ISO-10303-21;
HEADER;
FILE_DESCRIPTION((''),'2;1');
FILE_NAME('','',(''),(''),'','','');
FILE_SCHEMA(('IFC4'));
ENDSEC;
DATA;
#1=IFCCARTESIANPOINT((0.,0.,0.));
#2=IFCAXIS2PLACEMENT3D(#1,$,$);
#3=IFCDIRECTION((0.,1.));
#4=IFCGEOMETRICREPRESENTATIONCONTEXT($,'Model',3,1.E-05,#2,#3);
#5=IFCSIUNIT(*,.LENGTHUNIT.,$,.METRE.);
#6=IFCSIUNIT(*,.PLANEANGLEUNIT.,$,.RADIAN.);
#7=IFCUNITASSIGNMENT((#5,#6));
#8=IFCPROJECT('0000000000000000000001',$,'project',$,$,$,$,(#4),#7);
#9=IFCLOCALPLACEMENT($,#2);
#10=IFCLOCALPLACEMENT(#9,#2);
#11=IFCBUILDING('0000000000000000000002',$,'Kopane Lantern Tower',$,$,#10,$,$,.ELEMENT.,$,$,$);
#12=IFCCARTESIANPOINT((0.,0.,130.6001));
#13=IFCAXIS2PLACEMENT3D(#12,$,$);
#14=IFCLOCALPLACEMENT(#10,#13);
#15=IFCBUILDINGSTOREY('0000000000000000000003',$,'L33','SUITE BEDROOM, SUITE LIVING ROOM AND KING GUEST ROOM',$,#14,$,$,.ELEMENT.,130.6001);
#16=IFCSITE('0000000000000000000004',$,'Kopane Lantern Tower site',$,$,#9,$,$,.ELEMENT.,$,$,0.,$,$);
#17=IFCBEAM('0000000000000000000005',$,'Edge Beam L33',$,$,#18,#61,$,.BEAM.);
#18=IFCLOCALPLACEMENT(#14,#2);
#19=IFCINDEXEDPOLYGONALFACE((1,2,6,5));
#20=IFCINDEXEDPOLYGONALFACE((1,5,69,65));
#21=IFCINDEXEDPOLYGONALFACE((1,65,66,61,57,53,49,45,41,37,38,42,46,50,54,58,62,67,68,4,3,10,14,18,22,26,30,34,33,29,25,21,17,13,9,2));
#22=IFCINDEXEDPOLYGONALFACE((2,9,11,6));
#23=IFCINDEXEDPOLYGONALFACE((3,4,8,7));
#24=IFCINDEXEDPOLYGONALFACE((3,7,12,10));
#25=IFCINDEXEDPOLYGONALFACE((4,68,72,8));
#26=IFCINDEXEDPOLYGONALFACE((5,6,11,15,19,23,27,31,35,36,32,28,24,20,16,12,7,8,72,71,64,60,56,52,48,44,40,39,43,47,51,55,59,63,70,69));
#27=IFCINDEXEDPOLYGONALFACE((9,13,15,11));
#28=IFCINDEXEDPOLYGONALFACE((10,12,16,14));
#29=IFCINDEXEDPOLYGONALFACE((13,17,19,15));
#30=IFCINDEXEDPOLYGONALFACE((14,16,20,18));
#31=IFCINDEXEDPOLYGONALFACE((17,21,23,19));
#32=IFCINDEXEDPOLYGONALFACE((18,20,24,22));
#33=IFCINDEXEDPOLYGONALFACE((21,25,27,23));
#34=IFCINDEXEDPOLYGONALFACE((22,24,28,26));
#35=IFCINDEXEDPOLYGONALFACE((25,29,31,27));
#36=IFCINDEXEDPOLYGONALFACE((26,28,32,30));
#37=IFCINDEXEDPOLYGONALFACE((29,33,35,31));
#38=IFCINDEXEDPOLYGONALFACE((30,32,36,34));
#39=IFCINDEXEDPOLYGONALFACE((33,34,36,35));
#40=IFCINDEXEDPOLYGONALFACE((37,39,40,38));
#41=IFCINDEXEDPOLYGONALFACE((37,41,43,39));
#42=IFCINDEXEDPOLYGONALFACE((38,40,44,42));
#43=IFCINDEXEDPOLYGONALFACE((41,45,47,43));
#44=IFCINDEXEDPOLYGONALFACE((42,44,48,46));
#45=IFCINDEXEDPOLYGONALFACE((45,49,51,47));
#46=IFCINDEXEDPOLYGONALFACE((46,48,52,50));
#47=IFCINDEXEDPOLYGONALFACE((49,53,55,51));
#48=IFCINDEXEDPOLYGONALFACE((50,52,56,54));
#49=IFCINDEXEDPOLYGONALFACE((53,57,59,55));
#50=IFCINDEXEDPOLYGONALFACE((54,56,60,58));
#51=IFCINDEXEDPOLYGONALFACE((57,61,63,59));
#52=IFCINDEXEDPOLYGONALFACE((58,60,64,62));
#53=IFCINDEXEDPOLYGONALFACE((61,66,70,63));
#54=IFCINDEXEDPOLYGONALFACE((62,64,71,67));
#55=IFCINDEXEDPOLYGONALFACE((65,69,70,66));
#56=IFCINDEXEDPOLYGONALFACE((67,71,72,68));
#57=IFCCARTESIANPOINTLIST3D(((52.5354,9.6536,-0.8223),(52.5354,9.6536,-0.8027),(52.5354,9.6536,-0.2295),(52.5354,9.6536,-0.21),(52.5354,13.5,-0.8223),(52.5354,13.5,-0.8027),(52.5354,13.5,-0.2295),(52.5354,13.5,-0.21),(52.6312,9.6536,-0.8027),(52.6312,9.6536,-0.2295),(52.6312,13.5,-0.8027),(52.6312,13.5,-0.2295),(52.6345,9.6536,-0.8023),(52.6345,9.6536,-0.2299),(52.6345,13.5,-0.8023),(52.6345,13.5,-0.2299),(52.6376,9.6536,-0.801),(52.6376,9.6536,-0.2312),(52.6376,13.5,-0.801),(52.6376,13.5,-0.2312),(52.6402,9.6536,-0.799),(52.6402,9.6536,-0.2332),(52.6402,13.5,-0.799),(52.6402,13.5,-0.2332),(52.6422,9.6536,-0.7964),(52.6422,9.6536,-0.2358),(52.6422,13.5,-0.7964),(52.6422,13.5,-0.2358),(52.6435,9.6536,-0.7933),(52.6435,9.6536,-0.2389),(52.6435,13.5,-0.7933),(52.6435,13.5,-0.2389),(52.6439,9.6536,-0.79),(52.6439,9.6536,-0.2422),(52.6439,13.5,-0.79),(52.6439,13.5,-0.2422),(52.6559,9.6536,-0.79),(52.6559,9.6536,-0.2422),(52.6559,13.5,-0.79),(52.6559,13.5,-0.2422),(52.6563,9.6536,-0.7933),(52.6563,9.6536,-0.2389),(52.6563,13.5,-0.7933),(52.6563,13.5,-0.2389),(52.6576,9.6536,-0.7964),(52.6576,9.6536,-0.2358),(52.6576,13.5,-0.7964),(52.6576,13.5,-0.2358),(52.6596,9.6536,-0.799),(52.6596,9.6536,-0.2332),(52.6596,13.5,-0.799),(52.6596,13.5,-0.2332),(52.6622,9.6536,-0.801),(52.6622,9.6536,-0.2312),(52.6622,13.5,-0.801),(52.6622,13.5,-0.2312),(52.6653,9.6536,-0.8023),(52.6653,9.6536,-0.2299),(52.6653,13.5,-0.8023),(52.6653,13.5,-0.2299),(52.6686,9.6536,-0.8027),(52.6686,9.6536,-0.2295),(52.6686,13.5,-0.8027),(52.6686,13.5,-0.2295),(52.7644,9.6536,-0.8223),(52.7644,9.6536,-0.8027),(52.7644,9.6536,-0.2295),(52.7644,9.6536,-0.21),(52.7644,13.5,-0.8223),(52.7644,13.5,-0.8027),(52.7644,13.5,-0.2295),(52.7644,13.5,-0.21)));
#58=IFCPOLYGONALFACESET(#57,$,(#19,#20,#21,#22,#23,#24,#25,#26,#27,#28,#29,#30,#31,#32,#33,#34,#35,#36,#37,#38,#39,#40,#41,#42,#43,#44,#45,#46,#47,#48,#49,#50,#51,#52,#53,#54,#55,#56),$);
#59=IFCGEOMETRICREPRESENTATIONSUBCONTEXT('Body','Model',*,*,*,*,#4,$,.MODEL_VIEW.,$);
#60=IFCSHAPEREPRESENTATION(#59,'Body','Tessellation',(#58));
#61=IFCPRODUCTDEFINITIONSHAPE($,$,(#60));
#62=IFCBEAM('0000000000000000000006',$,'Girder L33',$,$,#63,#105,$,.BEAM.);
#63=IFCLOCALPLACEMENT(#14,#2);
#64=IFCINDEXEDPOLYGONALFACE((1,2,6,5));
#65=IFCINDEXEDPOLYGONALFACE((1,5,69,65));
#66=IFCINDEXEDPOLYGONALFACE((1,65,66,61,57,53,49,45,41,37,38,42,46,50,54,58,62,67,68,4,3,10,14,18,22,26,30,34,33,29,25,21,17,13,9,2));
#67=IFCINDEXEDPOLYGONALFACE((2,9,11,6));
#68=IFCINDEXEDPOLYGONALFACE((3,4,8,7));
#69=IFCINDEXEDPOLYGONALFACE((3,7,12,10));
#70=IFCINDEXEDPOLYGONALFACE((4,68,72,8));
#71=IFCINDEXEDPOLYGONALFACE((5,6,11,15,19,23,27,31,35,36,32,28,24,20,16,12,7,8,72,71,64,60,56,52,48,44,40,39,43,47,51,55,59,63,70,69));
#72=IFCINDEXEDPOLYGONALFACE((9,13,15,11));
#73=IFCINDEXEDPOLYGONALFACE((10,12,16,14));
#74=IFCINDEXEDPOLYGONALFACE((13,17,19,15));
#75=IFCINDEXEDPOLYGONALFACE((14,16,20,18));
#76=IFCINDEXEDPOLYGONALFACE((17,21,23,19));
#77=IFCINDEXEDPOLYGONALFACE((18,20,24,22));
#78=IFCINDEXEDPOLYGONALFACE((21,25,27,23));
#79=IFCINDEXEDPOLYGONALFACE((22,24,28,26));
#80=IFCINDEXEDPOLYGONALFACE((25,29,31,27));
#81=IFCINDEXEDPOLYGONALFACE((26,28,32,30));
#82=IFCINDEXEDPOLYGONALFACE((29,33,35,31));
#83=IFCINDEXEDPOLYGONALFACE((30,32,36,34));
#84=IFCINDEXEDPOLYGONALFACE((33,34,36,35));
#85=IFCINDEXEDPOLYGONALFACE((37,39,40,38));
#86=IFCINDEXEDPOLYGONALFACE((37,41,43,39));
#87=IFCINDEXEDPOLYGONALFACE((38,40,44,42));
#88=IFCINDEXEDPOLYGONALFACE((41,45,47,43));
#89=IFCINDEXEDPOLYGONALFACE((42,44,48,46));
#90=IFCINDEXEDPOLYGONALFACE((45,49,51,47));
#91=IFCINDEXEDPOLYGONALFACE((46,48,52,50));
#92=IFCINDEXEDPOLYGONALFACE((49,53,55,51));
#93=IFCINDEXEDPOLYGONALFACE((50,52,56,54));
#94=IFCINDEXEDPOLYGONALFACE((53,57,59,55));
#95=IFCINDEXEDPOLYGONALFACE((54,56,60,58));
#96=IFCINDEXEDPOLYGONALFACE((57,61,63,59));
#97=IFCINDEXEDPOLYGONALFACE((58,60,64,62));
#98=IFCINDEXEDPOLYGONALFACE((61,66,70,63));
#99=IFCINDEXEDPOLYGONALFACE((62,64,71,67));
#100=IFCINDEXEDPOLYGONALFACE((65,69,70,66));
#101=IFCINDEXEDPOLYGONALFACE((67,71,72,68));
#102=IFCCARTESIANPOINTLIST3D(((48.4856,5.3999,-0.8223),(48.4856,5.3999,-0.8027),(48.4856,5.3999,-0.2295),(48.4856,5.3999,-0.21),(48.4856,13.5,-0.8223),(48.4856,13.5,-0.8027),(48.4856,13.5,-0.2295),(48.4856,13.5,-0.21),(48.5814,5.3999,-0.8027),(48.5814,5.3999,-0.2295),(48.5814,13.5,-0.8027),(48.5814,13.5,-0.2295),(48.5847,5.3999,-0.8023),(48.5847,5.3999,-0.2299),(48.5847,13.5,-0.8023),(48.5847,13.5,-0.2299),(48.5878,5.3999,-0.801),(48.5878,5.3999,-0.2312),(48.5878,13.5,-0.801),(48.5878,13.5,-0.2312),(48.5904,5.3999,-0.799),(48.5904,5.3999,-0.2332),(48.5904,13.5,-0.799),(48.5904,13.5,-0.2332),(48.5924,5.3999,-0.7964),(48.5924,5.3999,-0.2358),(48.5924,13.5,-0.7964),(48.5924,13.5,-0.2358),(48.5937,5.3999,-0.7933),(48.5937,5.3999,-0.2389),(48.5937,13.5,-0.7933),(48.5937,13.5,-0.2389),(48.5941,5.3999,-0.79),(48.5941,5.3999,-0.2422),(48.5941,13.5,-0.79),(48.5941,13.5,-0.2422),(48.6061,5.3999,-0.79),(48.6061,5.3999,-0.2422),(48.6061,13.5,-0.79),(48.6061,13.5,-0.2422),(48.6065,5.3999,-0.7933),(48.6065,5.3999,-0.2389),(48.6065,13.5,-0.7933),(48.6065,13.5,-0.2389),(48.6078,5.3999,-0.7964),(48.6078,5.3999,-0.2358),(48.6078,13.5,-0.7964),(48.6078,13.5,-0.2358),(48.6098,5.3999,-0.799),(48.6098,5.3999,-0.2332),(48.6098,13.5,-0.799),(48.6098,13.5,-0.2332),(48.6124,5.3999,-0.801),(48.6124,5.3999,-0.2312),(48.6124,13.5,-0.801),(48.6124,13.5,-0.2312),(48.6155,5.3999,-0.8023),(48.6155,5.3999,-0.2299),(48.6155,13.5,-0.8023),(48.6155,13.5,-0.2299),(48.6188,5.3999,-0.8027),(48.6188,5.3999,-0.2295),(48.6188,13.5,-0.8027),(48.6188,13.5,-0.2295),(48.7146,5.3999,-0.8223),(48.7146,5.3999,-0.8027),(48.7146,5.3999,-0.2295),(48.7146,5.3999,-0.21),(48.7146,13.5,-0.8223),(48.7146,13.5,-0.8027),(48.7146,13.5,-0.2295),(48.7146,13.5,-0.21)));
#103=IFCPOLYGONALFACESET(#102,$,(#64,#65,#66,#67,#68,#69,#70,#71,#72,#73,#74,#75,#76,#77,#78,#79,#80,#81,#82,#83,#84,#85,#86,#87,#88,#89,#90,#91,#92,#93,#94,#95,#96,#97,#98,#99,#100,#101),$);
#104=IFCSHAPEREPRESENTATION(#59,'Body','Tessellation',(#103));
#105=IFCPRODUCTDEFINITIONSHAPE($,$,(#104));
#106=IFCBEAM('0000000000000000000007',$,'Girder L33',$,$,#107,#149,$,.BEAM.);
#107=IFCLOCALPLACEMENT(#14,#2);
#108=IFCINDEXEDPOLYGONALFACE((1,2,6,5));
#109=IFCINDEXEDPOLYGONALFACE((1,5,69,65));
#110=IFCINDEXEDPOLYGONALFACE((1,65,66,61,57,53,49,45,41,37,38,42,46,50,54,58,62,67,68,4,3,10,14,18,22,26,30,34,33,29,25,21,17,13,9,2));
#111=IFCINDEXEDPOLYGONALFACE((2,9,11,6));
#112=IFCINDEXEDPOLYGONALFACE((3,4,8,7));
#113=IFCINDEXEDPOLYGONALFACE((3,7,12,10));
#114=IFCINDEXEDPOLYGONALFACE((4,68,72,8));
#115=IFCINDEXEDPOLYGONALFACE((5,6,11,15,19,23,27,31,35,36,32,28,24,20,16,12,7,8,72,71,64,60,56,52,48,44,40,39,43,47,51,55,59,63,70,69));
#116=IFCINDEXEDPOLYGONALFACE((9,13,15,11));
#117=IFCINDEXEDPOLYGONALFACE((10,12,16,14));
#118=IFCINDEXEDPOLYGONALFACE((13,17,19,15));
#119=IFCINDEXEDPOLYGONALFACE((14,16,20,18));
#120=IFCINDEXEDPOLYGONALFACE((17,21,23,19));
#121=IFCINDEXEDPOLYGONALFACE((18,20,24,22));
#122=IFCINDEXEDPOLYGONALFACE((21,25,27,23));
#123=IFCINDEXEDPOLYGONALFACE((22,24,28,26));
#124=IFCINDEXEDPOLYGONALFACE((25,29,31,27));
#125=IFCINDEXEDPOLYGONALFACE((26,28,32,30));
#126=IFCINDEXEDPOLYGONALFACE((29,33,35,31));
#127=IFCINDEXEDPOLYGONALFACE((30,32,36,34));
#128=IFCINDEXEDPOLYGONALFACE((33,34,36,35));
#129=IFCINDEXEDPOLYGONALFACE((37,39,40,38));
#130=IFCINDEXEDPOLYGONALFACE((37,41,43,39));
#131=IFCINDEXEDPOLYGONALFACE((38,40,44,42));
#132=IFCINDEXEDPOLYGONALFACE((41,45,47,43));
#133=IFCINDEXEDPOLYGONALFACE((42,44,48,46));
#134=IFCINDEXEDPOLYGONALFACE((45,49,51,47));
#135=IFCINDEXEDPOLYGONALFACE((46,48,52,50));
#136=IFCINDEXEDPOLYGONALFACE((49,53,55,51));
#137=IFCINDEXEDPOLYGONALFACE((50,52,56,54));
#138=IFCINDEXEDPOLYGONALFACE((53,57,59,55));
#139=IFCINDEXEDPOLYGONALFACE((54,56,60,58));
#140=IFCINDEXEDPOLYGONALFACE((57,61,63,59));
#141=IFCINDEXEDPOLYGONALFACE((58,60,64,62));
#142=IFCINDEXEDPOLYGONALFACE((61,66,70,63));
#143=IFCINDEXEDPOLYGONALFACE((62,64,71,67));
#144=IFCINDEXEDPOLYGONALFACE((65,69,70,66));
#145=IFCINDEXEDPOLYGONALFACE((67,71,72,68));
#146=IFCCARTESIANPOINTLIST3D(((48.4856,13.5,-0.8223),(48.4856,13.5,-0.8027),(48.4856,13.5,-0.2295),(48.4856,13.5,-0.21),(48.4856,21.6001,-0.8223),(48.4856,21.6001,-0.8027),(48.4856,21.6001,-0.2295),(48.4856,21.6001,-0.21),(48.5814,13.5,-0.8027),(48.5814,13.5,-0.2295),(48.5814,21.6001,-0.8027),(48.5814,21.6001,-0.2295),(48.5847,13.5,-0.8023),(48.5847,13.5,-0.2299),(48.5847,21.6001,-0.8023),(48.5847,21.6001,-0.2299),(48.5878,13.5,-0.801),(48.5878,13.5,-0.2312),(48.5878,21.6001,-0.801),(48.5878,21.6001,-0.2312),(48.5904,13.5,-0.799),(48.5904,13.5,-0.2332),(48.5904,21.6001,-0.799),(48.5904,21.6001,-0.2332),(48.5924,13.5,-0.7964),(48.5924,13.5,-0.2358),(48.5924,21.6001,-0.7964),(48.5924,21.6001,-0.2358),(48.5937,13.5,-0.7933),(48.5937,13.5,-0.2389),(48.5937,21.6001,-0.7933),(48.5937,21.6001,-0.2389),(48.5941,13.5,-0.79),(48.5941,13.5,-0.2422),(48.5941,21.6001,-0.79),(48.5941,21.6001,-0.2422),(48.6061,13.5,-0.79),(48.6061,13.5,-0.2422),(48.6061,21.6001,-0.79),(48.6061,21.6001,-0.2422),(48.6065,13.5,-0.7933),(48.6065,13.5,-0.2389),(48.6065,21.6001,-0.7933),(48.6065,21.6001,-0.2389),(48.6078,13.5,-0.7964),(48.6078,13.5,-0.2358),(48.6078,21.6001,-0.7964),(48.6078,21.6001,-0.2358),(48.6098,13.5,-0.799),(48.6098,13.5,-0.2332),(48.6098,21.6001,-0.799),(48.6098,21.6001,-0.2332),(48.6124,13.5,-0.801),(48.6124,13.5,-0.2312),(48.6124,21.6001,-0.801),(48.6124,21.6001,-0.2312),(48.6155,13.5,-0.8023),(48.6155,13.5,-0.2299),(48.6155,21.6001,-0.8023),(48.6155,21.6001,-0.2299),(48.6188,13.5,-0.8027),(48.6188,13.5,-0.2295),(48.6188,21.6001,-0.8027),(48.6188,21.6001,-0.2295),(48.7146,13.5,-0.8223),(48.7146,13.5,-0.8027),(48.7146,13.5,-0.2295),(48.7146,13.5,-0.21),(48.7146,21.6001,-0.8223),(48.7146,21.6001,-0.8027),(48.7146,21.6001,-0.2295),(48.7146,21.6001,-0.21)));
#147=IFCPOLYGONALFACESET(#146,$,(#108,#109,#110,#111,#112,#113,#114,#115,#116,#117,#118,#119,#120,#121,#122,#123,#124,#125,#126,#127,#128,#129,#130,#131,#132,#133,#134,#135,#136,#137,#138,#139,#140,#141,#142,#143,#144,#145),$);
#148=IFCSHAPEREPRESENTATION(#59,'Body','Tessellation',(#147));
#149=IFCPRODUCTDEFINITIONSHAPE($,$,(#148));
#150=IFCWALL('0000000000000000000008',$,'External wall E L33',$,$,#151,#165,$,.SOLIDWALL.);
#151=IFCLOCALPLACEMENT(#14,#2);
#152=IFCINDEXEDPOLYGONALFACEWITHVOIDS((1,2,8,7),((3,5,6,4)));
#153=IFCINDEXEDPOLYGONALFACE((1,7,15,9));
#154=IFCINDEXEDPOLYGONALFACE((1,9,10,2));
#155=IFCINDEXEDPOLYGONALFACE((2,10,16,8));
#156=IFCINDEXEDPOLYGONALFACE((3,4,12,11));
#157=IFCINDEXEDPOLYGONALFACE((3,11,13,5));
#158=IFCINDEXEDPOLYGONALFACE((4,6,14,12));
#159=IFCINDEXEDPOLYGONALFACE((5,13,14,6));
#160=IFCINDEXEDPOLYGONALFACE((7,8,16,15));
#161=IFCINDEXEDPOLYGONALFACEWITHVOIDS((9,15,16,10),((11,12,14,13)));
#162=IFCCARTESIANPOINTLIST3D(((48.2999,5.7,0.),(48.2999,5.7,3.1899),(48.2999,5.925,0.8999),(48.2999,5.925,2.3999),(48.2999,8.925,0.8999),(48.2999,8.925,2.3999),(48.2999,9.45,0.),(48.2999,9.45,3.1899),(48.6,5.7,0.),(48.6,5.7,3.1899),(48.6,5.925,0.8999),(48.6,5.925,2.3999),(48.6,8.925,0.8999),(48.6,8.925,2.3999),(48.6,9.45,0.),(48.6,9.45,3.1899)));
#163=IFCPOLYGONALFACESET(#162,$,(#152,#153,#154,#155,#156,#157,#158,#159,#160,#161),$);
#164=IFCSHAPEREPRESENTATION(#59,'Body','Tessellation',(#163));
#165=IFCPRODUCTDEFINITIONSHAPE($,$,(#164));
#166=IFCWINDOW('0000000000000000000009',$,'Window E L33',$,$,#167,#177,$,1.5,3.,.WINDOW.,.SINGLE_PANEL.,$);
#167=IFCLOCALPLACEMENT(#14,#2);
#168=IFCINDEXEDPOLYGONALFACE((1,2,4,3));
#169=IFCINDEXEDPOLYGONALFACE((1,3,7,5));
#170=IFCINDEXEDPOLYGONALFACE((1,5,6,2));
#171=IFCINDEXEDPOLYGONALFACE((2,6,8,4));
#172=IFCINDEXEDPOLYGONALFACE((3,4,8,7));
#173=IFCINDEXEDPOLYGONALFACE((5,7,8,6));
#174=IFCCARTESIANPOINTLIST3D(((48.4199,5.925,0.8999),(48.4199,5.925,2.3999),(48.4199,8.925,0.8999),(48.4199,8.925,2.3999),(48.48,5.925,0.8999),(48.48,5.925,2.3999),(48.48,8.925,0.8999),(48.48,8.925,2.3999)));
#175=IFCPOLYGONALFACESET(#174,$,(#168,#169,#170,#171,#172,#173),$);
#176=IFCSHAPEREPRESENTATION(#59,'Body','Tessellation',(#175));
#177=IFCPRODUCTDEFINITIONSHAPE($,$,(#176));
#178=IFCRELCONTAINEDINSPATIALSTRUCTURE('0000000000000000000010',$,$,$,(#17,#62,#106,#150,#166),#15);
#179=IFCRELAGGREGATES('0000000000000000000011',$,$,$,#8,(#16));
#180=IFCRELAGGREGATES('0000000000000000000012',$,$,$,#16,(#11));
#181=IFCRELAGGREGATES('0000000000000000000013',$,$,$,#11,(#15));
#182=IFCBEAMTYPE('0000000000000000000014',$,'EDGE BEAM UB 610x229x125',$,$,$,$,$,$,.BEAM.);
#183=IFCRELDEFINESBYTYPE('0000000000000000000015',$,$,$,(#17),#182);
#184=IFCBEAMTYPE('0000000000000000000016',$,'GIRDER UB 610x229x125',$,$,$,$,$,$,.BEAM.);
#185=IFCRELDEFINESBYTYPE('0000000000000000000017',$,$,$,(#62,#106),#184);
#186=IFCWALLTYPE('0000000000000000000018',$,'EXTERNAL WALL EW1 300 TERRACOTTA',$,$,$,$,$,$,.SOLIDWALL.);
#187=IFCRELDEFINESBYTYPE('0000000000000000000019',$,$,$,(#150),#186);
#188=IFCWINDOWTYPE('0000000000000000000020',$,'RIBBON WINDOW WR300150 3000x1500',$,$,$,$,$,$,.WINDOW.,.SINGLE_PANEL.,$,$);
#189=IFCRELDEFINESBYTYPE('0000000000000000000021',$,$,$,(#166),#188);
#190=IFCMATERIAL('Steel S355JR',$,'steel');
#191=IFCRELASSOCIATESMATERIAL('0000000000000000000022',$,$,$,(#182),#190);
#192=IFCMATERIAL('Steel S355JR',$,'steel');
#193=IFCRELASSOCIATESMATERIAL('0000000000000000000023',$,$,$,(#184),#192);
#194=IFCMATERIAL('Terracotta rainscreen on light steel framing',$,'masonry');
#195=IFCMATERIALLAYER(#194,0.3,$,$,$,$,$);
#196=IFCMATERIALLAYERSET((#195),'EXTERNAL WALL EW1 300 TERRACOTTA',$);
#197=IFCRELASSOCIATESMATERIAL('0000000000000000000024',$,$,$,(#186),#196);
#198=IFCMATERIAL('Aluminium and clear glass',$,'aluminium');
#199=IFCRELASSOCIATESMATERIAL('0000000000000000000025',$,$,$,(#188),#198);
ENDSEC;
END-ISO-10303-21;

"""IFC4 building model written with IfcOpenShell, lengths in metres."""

from ifc_helpers import new_model, si_unit, direction, frame, frame_2d, origin, origin_2d, place, context, subcontext, project, spatial, rectangle, i_section, extrude, material, layer, layer_set, material_profile, profile_set, type_object, element, fill, save


model = new_model("IFC4")

# Units and contexts
model_context = context("Model", 3, precision=1e-05, world=origin(), true_north=direction((0.0, 1.0)))
body_context = subcontext(model_context, "Body", "Model", "MODEL_VIEW")
ifc_project = project(units=[si_unit("LENGTHUNIT", "METRE"), si_unit("PLANEANGLEUNIT", "RADIAN")], contexts=[model_context])

# Site, building, storey
site_placement = place(None, origin())
site = spatial("IfcSite", under=ifc_project, at=site_placement, Name="Kopane Lantern Tower site", CompositionType="ELEMENT", RefElevation=0.0)
building_placement = place(site_placement, origin())
building = spatial("IfcBuilding", under=site, at=building_placement, Name="Kopane Lantern Tower", CompositionType="ELEMENT")
storey_placement = place(building_placement, frame((0.0, 0.0, 130.6001)))
storey = spatial("IfcBuildingStorey", under=building, at=storey_placement, Name="L33", Description="SUITE BEDROOM, SUITE LIVING ROOM AND KING GUEST ROOM", CompositionType="ELEMENT", Elevation=130.6001)

# Beams
ifc_material_1 = material(Name="Steel S355JR", Category="steel")
ifc_material_profile_1 = material_profile(ifc_material_1, i_section(OverallWidth=0.229, OverallDepth=0.6123, WebThickness=0.012, FlangeThickness=0.0195, FilletRadius=0.0127, at=origin_2d()), Name="UB 610x229x125")
ifc_profile_set_1 = profile_set([ifc_material_profile_1], Name="Steel S355JR")
beam_type_1 = type_object("IfcBeamType", Name="EDGE BEAM UB 610x229x125", PredefinedType="BEAM", material=ifc_profile_set_1)
for number, where, z_axis, x_axis, name in (
    (1, (52.6499, 9.6536, -0.5161), (0.0, 1.0, 0.0), (-1.0, 0.0, 0.0), "Edge Beam L33"),
):
    element("IfcBeam", number, at=place(storey_placement, frame(where, z_axis=z_axis, x_axis=x_axis)), inside=storey, type_object=beam_type_1, Name=name, PredefinedType="BEAM", context=body_context, shape_type="SweptSolid", body=[
        extrude(i_section(OverallWidth=0.229, OverallDepth=0.6123, WebThickness=0.012, FlangeThickness=0.0195, FilletRadius=0.0127, at=origin_2d()), origin(), (0.0, 0.0, 1.0), 3.8464),
    ])
ifc_material_2 = material(Name="Steel S355JR", Category="steel")
ifc_material_profile_2 = material_profile(ifc_material_2, i_section(OverallWidth=0.229, OverallDepth=0.6123, WebThickness=0.012, FlangeThickness=0.0195, FilletRadius=0.0127, at=origin_2d()), Name="UB 610x229x125")
ifc_profile_set_2 = profile_set([ifc_material_profile_2], Name="Steel S355JR")
beam_type_2 = type_object("IfcBeamType", Name="GIRDER UB 610x229x125", PredefinedType="BEAM", material=ifc_profile_set_2)
for number, where, z_axis, x_axis, name in (
    (2, (48.6001, 5.3999, -0.5161), (0.0, 1.0, 0.0), (-1.0, 0.0, 0.0), "Girder L33"),
    (3, (48.6001, 13.5, -0.5161), (0.0, 1.0, 0.0), (-1.0, 0.0, 0.0), "Girder L33"),
):
    element("IfcBeam", number, at=place(storey_placement, frame(where, z_axis=z_axis, x_axis=x_axis)), inside=storey, type_object=beam_type_2, Name=name, PredefinedType="BEAM", context=body_context, shape_type="SweptSolid", body=[
        extrude(i_section(OverallWidth=0.229, OverallDepth=0.6123, WebThickness=0.012, FlangeThickness=0.0195, FilletRadius=0.0127, at=origin_2d()), origin(), (0.0, 0.0, 1.0), 8.1001),
    ])

# Wall, opening, window
ifc_material_3 = material(Name="Terracotta rainscreen on light steel framing", Category="masonry")
ifc_layer = layer(ifc_material_3, 0.3)
ifc_layer_set = layer_set([ifc_layer], Name="EXTERNAL WALL EW1 300 TERRACOTTA")
wall_type = type_object("IfcWallType", Name="EXTERNAL WALL EW1 300 TERRACOTTA", PredefinedType="SOLIDWALL", material=ifc_layer_set)
wall_1_placement = place(storey_placement, frame((48.45, 5.7, 0.0), z_axis=(0.0, 0.0, 1.0), x_axis=(0.0, 1.0, 0.0)))
wall_1 = element("IfcWall", 4, at=wall_1_placement, inside=storey, type_object=wall_type, Name="External wall E L33", PredefinedType="SOLIDWALL", context=body_context, shape_type="SweptSolid", body=[
    extrude(rectangle(XDim=3.75, YDim=0.3, at=frame_2d((1.875, 0.0))), origin(), (0.0, 0.0, 1.0), 3.1899),
])
opening_1_placement = place(wall_1_placement, frame((0.2251, 0.0, 0.8999)))
opening_1 = element("IfcOpeningElement", 5, at=opening_1_placement, cuts=wall_1, PredefinedType="OPENING", context=body_context, shape_type="SweptSolid", body=[
    extrude(rectangle(XDim=3.0, YDim=1.5, at=frame_2d((1.5, 0.75))), frame((0.0, 0.1599, 0.0), z_axis=(0.0, -1.0, 0.0), x_axis=(1.0, 0.0, 0.0)), (0.0, 0.0, 1.0), 0.3201),
])
ifc_material_4 = material(Name="Aluminium and clear glass", Category="aluminium")
window_type = type_object("IfcWindowType", Name="RIBBON WINDOW WR300150 3000x1500", PartitioningType="SINGLE_PANEL", PredefinedType="WINDOW", material=ifc_material_4)
window_1_placement = place(opening_1_placement, origin())
window_1 = element("IfcWindow", 6, at=window_1_placement, inside=storey, type_object=window_type, Name="Window E L33", OverallHeight=1.5, OverallWidth=3.0, PartitioningType="SINGLE_PANEL", PredefinedType="WINDOW", context=body_context, shape_type="SweptSolid", body=[
    extrude(rectangle(XDim=3.0, YDim=1.5, at=frame_2d((1.5, 0.75))), frame((0.0, 0.03, 0.0), z_axis=(0.0, -1.0, 0.0), x_axis=(1.0, 0.0, 0.0)), (0.0, 0.0, 1.0), 0.0601),
])
fill(opening_1, window_1)

save(model, "model.ifc")
